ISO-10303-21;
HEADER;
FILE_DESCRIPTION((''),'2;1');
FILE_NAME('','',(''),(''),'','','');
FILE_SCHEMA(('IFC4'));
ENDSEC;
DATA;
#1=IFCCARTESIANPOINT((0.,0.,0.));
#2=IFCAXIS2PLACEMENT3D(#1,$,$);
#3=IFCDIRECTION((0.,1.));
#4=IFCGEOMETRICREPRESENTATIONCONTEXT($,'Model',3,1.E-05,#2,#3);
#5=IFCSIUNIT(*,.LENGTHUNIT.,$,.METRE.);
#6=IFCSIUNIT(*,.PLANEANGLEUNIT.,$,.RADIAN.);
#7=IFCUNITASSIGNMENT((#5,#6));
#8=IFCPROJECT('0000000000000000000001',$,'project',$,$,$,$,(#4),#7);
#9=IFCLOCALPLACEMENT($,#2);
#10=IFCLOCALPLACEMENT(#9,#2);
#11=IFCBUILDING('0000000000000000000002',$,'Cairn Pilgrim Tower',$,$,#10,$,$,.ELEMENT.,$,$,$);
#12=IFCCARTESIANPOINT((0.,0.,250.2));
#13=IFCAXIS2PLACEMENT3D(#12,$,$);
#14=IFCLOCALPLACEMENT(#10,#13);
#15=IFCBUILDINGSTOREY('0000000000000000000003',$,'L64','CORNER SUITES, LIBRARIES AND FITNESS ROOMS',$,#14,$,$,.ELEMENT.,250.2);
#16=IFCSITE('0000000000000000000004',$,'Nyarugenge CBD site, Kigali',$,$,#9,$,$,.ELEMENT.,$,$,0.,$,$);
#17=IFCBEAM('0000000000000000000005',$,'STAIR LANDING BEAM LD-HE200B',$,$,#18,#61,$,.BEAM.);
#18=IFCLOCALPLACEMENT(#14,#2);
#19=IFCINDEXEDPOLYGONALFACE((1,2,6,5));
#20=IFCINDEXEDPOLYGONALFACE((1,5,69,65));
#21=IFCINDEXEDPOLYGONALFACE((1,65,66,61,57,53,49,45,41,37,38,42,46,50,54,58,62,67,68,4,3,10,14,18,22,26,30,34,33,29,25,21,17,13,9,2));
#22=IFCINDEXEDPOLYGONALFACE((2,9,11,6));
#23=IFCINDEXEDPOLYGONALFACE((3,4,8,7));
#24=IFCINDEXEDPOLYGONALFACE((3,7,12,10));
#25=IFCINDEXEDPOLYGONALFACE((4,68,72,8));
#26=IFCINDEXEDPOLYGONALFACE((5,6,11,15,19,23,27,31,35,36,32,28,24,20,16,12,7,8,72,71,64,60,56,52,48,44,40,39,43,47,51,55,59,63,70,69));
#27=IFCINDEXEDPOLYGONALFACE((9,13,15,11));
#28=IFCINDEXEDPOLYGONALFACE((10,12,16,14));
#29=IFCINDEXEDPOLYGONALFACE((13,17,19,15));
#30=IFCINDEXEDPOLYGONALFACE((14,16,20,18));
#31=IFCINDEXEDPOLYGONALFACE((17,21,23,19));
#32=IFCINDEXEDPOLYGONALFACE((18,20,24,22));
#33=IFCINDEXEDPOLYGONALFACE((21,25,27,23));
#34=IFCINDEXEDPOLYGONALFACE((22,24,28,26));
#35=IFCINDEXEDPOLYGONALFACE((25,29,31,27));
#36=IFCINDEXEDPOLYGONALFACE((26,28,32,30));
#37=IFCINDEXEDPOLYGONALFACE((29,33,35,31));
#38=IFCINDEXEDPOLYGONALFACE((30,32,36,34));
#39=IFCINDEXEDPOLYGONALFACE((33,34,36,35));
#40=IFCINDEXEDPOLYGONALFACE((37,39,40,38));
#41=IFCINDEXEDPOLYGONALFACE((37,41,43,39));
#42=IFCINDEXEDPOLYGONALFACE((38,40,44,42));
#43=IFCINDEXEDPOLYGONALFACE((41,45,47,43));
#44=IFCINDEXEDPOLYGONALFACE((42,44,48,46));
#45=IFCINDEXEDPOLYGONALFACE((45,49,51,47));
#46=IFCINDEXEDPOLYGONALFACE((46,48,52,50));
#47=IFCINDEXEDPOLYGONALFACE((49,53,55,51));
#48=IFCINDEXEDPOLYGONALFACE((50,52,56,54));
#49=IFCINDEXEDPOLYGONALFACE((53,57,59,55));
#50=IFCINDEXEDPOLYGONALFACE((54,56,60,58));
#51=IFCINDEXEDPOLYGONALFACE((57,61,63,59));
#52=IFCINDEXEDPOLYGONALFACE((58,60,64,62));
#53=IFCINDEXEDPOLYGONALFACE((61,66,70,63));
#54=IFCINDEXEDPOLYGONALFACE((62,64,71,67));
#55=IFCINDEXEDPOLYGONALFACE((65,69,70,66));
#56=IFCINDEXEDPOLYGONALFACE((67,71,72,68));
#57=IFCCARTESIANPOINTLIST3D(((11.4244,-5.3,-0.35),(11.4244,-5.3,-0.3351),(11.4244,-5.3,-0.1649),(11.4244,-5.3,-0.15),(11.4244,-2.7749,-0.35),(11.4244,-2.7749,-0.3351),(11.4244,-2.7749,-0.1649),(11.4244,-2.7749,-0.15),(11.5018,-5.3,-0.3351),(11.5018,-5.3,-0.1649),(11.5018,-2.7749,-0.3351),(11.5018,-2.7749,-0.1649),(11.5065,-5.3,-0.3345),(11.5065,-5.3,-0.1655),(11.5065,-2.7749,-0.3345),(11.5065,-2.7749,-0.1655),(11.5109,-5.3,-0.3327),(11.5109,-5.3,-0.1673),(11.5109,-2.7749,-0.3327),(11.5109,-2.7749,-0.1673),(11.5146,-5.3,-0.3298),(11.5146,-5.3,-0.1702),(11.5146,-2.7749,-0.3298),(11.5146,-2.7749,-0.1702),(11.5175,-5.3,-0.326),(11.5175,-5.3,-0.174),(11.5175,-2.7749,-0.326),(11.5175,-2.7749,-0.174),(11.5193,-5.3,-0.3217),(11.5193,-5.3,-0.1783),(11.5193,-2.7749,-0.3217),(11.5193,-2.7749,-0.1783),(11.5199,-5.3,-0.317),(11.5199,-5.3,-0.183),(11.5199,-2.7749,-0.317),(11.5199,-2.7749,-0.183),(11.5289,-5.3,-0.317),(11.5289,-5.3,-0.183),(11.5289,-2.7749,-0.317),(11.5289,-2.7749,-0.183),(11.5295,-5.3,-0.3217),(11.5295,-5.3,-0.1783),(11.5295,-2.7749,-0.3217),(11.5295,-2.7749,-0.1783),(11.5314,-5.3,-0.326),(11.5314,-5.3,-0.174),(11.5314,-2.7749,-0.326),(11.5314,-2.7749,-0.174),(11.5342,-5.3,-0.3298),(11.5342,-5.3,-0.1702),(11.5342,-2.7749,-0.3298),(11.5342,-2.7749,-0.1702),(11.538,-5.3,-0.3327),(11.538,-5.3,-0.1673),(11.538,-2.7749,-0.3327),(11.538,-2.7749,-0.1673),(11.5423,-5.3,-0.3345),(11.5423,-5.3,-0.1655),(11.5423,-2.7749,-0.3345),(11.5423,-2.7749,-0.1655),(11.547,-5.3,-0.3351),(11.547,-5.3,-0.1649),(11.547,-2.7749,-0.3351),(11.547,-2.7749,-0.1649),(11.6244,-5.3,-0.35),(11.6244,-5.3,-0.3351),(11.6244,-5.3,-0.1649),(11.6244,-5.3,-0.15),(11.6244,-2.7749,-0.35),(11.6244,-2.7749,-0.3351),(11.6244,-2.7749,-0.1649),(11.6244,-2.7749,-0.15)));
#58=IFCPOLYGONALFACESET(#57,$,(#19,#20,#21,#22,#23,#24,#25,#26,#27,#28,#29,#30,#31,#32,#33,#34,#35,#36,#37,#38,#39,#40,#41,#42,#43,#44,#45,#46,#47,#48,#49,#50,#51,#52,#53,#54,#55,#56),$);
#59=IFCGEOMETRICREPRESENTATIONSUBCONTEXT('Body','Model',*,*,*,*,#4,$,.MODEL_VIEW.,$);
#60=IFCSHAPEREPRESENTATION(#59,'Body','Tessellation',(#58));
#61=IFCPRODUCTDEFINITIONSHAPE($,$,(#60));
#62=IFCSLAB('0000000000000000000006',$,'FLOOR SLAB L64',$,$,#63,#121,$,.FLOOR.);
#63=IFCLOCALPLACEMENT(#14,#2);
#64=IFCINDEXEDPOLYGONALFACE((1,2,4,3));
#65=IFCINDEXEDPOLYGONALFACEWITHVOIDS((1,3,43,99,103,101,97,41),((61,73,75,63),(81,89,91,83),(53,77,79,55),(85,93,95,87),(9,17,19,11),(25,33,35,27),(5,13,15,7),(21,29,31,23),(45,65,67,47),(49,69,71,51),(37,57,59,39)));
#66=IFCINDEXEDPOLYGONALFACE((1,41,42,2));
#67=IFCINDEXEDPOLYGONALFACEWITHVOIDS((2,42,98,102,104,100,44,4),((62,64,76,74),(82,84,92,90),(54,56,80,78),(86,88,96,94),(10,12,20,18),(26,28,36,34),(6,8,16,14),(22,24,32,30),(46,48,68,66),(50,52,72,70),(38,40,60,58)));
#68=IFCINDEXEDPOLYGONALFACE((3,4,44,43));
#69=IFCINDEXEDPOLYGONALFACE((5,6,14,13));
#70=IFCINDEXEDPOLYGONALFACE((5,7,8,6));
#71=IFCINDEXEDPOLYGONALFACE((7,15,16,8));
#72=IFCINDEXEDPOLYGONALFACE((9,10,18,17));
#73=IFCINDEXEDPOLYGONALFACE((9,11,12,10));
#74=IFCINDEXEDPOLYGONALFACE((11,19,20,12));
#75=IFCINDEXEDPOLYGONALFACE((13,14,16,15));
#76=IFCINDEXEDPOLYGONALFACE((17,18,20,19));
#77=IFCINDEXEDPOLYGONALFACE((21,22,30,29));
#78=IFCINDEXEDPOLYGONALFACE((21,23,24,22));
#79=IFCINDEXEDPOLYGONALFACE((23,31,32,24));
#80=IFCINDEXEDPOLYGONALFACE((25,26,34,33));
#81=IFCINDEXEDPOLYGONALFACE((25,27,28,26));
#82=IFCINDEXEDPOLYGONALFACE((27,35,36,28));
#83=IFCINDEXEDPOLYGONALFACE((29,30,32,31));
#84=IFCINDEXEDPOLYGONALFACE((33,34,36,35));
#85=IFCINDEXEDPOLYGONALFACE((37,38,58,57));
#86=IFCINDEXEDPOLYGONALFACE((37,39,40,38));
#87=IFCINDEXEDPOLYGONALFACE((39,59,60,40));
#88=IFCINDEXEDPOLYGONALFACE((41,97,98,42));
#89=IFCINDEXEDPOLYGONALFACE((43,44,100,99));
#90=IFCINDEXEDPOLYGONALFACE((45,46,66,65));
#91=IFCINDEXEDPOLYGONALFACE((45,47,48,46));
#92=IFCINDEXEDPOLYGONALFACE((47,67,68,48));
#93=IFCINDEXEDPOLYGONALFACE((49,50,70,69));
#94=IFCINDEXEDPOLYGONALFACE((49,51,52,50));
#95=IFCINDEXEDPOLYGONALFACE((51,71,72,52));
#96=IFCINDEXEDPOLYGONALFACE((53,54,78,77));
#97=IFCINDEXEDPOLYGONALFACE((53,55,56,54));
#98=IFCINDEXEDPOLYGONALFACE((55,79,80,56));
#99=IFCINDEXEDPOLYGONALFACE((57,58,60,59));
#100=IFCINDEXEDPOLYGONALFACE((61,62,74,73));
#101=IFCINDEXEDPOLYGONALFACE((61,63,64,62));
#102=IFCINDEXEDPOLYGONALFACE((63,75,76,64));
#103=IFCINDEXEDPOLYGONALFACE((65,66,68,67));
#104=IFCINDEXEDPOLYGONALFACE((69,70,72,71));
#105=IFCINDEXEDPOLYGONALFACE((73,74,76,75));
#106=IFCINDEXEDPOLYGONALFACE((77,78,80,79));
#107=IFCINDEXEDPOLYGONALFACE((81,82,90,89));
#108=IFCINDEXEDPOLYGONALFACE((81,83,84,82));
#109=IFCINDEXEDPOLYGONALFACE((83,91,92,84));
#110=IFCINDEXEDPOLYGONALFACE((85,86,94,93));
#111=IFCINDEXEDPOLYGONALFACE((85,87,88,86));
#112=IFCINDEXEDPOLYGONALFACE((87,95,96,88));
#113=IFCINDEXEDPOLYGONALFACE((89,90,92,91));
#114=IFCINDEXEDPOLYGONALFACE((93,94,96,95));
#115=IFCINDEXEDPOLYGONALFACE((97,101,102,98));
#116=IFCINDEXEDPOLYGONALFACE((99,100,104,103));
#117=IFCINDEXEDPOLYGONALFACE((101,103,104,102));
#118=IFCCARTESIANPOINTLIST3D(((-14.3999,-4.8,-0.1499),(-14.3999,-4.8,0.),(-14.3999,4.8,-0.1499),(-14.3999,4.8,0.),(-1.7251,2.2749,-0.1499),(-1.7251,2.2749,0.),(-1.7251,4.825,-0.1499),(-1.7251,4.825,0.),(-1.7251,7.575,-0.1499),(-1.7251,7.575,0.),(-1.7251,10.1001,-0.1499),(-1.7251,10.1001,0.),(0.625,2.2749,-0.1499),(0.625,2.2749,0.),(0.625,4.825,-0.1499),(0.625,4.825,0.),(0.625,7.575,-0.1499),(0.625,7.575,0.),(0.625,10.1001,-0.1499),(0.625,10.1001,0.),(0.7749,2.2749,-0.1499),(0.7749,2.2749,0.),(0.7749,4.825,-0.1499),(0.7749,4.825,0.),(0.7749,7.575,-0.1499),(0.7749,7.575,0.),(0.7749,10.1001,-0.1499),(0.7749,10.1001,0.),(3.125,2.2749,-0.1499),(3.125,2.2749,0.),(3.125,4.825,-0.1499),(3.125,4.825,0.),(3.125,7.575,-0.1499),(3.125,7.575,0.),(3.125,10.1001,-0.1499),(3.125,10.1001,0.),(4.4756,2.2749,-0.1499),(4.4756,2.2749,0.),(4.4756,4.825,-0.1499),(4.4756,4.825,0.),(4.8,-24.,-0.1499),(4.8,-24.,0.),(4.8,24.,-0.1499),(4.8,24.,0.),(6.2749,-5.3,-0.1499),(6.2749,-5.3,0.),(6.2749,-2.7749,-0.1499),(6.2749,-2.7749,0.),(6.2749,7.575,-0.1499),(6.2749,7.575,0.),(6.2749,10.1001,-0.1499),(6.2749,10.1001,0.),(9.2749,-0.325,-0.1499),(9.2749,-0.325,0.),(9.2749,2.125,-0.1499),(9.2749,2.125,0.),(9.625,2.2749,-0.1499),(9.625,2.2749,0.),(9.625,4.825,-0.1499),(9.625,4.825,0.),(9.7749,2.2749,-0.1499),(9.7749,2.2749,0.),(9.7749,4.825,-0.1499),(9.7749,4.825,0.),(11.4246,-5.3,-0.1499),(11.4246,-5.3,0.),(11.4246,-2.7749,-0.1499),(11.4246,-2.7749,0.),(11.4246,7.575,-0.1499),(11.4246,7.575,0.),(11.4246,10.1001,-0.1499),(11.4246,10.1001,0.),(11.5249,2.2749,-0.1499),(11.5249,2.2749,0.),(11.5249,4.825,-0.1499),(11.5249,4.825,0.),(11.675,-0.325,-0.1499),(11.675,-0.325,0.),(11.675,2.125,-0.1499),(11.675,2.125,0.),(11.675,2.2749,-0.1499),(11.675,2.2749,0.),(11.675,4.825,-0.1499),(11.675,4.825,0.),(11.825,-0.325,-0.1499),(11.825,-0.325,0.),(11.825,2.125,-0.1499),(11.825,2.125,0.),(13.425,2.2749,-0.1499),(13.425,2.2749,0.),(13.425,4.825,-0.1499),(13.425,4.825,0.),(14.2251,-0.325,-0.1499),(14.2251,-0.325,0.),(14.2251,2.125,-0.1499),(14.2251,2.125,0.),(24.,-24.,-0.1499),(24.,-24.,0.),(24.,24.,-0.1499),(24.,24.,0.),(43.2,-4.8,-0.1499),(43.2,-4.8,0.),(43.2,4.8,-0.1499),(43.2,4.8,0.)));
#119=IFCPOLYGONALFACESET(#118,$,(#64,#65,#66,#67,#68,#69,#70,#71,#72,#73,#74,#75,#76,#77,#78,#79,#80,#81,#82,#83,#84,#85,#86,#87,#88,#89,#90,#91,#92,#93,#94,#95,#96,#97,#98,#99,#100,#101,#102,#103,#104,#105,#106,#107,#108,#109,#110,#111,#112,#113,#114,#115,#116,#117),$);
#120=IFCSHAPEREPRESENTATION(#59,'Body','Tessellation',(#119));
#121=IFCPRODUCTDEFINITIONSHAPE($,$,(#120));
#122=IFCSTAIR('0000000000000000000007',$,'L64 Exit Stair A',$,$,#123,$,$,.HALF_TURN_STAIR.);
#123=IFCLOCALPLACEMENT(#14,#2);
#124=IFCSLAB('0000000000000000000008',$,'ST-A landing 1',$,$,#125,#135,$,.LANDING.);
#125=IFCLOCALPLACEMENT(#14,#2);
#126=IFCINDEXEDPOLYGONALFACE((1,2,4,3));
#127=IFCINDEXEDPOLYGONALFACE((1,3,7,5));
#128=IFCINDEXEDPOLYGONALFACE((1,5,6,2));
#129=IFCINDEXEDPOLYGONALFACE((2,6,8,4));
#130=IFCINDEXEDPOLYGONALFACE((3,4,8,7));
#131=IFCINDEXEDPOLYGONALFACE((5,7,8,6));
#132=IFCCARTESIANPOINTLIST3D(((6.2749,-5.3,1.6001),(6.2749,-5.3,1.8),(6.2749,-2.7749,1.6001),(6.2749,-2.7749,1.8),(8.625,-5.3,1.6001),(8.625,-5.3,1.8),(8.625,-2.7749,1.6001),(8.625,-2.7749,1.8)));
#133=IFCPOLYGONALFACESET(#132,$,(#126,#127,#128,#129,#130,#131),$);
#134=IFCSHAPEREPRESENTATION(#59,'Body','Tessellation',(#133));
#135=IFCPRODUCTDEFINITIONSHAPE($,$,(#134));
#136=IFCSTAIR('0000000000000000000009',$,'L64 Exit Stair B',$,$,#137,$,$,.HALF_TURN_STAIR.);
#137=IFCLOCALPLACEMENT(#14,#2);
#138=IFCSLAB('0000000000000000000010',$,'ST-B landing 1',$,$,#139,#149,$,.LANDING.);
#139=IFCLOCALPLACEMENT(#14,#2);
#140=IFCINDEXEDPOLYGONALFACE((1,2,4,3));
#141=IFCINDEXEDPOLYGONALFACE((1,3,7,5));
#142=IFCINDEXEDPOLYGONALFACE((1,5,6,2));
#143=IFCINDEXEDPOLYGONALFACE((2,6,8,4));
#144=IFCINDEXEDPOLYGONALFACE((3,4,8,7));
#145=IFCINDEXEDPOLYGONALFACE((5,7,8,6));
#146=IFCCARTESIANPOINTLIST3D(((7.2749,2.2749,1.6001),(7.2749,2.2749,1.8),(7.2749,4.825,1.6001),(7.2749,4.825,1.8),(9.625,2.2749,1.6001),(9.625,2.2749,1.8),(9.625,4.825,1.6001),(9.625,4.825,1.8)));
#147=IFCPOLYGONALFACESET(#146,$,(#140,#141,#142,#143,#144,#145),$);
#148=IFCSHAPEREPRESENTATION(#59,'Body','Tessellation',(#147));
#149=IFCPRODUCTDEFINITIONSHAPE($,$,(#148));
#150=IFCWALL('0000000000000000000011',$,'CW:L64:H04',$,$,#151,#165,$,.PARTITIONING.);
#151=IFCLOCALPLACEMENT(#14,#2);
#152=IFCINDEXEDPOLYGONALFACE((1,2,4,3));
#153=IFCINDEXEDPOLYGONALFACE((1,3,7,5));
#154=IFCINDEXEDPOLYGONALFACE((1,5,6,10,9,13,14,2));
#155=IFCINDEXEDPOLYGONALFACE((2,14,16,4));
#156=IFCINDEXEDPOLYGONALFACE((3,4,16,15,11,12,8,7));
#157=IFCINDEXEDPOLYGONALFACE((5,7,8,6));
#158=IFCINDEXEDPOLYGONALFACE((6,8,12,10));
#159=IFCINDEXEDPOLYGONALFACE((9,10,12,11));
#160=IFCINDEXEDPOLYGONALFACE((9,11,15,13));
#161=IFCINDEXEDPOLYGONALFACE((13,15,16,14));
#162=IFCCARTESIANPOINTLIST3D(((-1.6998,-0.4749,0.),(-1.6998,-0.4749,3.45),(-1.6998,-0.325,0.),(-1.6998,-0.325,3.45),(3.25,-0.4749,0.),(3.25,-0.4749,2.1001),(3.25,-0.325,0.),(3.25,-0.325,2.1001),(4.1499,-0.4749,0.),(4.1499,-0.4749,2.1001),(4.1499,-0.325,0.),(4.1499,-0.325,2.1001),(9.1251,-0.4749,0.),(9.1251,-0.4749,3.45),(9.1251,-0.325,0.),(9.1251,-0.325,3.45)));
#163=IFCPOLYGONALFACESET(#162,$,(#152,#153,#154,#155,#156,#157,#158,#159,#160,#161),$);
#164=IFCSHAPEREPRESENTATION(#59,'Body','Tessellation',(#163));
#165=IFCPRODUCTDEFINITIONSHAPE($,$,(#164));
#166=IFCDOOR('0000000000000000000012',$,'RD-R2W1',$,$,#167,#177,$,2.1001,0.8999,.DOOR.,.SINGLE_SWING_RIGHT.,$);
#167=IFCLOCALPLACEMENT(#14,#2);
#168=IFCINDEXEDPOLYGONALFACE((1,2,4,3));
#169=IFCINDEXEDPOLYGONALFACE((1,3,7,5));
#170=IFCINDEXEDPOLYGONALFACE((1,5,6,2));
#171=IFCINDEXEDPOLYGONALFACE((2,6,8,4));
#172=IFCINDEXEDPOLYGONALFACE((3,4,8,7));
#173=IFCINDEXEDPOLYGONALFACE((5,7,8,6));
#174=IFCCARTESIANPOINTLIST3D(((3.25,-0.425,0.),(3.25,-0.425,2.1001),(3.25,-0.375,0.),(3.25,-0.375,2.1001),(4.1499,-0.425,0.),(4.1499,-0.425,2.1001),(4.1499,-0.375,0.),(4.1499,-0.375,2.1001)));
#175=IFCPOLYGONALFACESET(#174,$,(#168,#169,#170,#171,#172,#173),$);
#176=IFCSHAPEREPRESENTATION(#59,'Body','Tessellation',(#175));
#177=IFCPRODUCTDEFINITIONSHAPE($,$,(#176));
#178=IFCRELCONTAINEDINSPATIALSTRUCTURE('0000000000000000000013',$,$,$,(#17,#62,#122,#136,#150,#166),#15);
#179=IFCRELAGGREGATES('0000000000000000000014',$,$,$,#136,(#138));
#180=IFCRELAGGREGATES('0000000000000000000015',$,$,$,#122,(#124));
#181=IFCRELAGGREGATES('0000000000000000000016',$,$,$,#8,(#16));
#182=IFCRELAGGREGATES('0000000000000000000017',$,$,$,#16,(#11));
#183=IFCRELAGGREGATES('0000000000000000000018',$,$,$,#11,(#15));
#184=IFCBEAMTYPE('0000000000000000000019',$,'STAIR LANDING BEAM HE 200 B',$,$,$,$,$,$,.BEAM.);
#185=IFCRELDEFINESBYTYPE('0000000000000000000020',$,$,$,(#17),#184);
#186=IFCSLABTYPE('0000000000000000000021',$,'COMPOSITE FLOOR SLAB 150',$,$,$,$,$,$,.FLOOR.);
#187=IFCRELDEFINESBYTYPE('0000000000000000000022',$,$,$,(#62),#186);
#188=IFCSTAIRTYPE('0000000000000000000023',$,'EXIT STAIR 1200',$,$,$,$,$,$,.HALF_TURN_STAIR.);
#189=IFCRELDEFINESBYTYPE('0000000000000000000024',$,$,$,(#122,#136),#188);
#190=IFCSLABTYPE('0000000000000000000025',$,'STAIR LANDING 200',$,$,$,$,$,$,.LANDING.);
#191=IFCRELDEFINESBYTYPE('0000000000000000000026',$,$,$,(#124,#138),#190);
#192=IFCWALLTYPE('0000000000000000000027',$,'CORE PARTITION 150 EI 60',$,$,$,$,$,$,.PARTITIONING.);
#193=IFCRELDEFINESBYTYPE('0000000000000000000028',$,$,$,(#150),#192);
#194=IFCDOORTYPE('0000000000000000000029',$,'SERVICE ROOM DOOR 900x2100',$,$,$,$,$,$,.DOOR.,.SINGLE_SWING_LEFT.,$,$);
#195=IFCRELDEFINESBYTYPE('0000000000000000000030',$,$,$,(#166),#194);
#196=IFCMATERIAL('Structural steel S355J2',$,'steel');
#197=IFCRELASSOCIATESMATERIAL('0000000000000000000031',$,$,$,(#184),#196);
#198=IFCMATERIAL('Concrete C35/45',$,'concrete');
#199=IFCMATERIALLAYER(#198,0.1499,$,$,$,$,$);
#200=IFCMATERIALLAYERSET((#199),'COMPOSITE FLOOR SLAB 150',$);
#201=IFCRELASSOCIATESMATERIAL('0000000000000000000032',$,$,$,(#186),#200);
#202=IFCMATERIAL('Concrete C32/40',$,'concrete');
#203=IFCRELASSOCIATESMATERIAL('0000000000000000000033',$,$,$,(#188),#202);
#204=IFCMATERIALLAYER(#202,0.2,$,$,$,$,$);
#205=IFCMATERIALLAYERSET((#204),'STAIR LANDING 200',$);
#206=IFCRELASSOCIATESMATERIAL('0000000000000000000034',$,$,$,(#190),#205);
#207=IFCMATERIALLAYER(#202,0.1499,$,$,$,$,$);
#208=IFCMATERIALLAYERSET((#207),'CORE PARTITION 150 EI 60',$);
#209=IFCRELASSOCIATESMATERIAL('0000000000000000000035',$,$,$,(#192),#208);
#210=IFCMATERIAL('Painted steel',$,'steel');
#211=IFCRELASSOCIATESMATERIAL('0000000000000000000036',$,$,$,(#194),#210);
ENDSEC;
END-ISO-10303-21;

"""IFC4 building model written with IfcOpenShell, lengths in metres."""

from ifc_helpers import new_model, si_unit, direction, frame, frame_2d, origin, origin_2d, place, context, subcontext, project, spatial, polyline, rectangle, i_section, outline, extrude, material, layer, layer_set, material_profile, profile_set, type_object, element, fill, aggregate, save


model = new_model("IFC4")

# Units and contexts
model_context = context("Model", 3, precision=1e-05, world=origin(), true_north=direction((0.0, 1.0)))
body_context = subcontext(model_context, "Body", "Model", "MODEL_VIEW")
ifc_project = project(units=[si_unit("LENGTHUNIT", "METRE"), si_unit("PLANEANGLEUNIT", "RADIAN")], contexts=[model_context])

# Site, building, storey
site_placement = place(None, origin())
site = spatial("IfcSite", under=ifc_project, at=site_placement, Name="Nyarugenge CBD site, Kigali", CompositionType="ELEMENT", RefElevation=0.0)
building_placement = place(site_placement, origin())
building = spatial("IfcBuilding", under=site, at=building_placement, Name="Cairn Pilgrim Tower", CompositionType="ELEMENT")
storey_placement = place(building_placement, frame((0.0, 0.0, 250.2)))
storey = spatial("IfcBuildingStorey", under=building, at=storey_placement, Name="L64", Description="CORNER SUITES, LIBRARIES AND FITNESS ROOMS", CompositionType="ELEMENT", Elevation=250.2)

# Shared definitions
ifc_material_1 = material(Name="Structural steel S355J2", Category="steel")

# Beam
ifc_material_profile_1 = material_profile(ifc_material_1, i_section(OverallWidth=0.2, OverallDepth=0.2, WebThickness=0.009, FlangeThickness=0.0149, FilletRadius=0.0181, at=origin_2d()), Name="HE 200 B")
ifc_profile_set_1 = profile_set([ifc_material_profile_1], Name="Structural steel S355J2")
beam_type_1 = type_object("IfcBeamType", Name="STAIR LANDING BEAM HE 200 B", PredefinedType="BEAM", material=ifc_profile_set_1)
beam_1_placement = place(storey_placement, frame((11.5244, -2.7749, -0.25), z_axis=(0.0, -1.0, 0.0), x_axis=(1.0, 0.0, 0.0)))
element("IfcBeam", 1, at=beam_1_placement, inside=storey, type_object=beam_type_1, Name="STAIR LANDING BEAM LD-HE200B", PredefinedType="BEAM", context=body_context, shape_type="SweptSolid", body=[
    extrude(i_section(OverallWidth=0.2, OverallDepth=0.2, WebThickness=0.009, FlangeThickness=0.0149, FilletRadius=0.0181, at=origin_2d()), origin(), (0.0, 0.0, 1.0), 2.5251),
])

# Slab
ifc_material_2 = material(Name="Concrete C35/45", Category="concrete")
ifc_layer_1 = layer(ifc_material_2, 0.1499)
ifc_layer_set_1 = layer_set([ifc_layer_1], Name="COMPOSITE FLOOR SLAB 150")
slab_type_1 = type_object("IfcSlabType", Name="COMPOSITE FLOOR SLAB 150", PredefinedType="FLOOR", material=ifc_layer_set_1)
slab_1_placement = place(storey_placement, frame((0.0, 0.0, -0.1499)))
element("IfcSlab", 2, at=slab_1_placement, inside=storey, type_object=slab_type_1, Name="FLOOR SLAB L64", PredefinedType="FLOOR", context=body_context, shape_type="SweptSolid", body=[
    extrude(outline(polyline([(4.8, -24.0), (24.0, -24.0), (43.2, -4.8), (43.2, 4.8), (24.0, 24.0), (4.8, 24.0), (-14.3999, 4.8), (-14.3999, -4.8), (4.8, -24.0)]), holes=[polyline([(9.2749, -0.325), (11.675, -0.325), (11.675, 2.125), (9.2749, 2.125), (9.2749, -0.325)]), polyline([(11.825, -0.325), (14.2251, -0.325), (14.2251, 2.125), (11.825, 2.125), (11.825, -0.325)]), polyline([(-1.7251, 2.2749), (0.625, 2.2749), (0.625, 4.825), (-1.7251, 4.825), (-1.7251, 2.2749)]), polyline([(0.7749, 2.2749), (3.125, 2.2749), (3.125, 4.825), (0.7749, 4.825), (0.7749, 2.2749)]), polyline([(-1.7251, 7.575), (0.625, 7.575), (0.625, 10.1001), (-1.7251, 10.1001), (-1.7251, 7.575)]), polyline([(0.7749, 7.575), (3.125, 7.575), (3.125, 10.1001), (0.7749, 10.1001), (0.7749, 7.575)]), polyline([(9.7749, 2.2749), (11.5249, 2.2749), (11.5249, 4.825), (9.7749, 4.825), (9.7749, 2.2749)]), polyline([(11.675, 2.2749), (13.425, 2.2749), (13.425, 4.825), (11.675, 4.825), (11.675, 2.2749)]), polyline([(11.4246, -2.7749), (6.2749, -2.7749), (6.2749, -5.3), (11.4246, -5.3), (11.4246, -2.7749)]), polyline([(4.4756, 2.2749), (9.625, 2.2749), (9.625, 4.825), (4.4756, 4.825), (4.4756, 2.2749)]), polyline([(11.4246, 10.1001), (6.2749, 10.1001), (6.2749, 7.575), (11.4246, 7.575), (11.4246, 10.1001)])]), origin(), (0.0, 0.0, 1.0), 0.1499),
])

# Stairs, slabs
ifc_material_3 = material(Name="Concrete C32/40", Category="concrete")
stair_type = type_object("IfcStairType", Name="EXIT STAIR 1200", PredefinedType="HALF_TURN_STAIR", material=ifc_material_3)
stair_1_placement = place(storey_placement, origin())
stair_1 = element("IfcStair", 3, at=stair_1_placement, inside=storey, type_object=stair_type, Name="L64 Exit Stair A", PredefinedType="HALF_TURN_STAIR")
ifc_layer_2 = layer(ifc_material_3, 0.2)
ifc_layer_set_2 = layer_set([ifc_layer_2], Name="STAIR LANDING 200")
slab_type_2 = type_object("IfcSlabType", Name="STAIR LANDING 200", PredefinedType="LANDING", material=ifc_layer_set_2)
slab_2_placement = place(storey_placement, frame((0.0, 0.0, 1.6001)))
slab_2 = element("IfcSlab", 4, at=slab_2_placement, type_object=slab_type_2, Name="ST-A landing 1", PredefinedType="LANDING", context=body_context, shape_type="SweptSolid", body=[
    extrude(outline(polyline([(8.625, -2.7749), (6.2749, -2.7749), (6.2749, -5.3), (8.625, -5.3), (8.625, -2.7749)])), origin(), (0.0, 0.0, 1.0), 0.2),
])
stair_2_placement = place(storey_placement, origin())
stair_2 = element("IfcStair", 5, at=stair_2_placement, inside=storey, type_object=stair_type, Name="L64 Exit Stair B", PredefinedType="HALF_TURN_STAIR")
slab_3_placement = place(storey_placement, frame((0.0, 0.0, 1.6001)))
slab_3 = element("IfcSlab", 6, at=slab_3_placement, type_object=slab_type_2, Name="ST-B landing 1", PredefinedType="LANDING", context=body_context, shape_type="SweptSolid", body=[
    extrude(outline(polyline([(7.2749, 2.2749), (9.625, 2.2749), (9.625, 4.825), (7.2749, 4.825), (7.2749, 2.2749)])), origin(), (0.0, 0.0, 1.0), 0.2),
])
aggregate(stair_2, [slab_3])

# Wall, opening, door
ifc_layer_3 = layer(ifc_material_3, 0.1499)
ifc_layer_set_3 = layer_set([ifc_layer_3], Name="CORE PARTITION 150 EI 60")
wall_type_1 = type_object("IfcWallType", Name="CORE PARTITION 150 EI 60", PredefinedType="PARTITIONING", material=ifc_layer_set_3)
wall_1_placement = place(storey_placement, frame((-1.7, -0.3999, 0.0), z_axis=(0.0, 0.0, 1.0), x_axis=(1.0, 0.0, 0.0)))
wall_1 = element("IfcWall", 7, at=wall_1_placement, inside=storey, type_object=wall_type_1, Name="CW:L64:H04", PredefinedType="PARTITIONING", context=body_context, shape_type="SweptSolid", body=[
    extrude(rectangle(XDim=10.825, YDim=0.1499, at=frame_2d((5.4126, 0.0))), origin(), (0.0, 0.0, 1.0), 3.45),
])
opening_1_placement = place(wall_1_placement, frame((4.95, 0.0, 0.0)))
opening_1 = element("IfcOpeningElement", 8, at=opening_1_placement, cuts=wall_1, PredefinedType="OPENING", context=body_context, shape_type="SweptSolid", body=[
    extrude(rectangle(XDim=0.8999, YDim=2.1001, at=frame_2d((0.45, 1.05))), frame((0.0, 0.085, 0.0), z_axis=(0.0, -1.0, 0.0), x_axis=(1.0, 0.0, 0.0)), (0.0, 0.0, 1.0), 0.1699),
])
ifc_material_4 = material(Name="Painted steel", Category="steel")
door_type_1 = type_object("IfcDoorType", Name="SERVICE ROOM DOOR 900x2100", OperationType="SINGLE_SWING_LEFT", PredefinedType="DOOR", material=ifc_material_4)
door_1_placement = place(opening_1_placement, origin())
door_1 = element("IfcDoor", 9, at=door_1_placement, inside=storey, type_object=door_type_1, Name="RD-R2W1", OperationType="SINGLE_SWING_RIGHT", OverallHeight=2.1001, OverallWidth=0.8999, PredefinedType="DOOR", context=body_context, shape_type="SweptSolid", body=[
    extrude(rectangle(XDim=0.8999, YDim=2.1001, at=frame_2d((0.45, 1.05))), frame((0.0, 0.0249, 0.0), z_axis=(0.0, -1.0, 0.0), x_axis=(1.0, 0.0, 0.0)), (0.0, 0.0, 1.0), 0.05),
])
fill(opening_1, door_1)

aggregate(stair_1, [slab_2])

save(model, "model.ifc")
